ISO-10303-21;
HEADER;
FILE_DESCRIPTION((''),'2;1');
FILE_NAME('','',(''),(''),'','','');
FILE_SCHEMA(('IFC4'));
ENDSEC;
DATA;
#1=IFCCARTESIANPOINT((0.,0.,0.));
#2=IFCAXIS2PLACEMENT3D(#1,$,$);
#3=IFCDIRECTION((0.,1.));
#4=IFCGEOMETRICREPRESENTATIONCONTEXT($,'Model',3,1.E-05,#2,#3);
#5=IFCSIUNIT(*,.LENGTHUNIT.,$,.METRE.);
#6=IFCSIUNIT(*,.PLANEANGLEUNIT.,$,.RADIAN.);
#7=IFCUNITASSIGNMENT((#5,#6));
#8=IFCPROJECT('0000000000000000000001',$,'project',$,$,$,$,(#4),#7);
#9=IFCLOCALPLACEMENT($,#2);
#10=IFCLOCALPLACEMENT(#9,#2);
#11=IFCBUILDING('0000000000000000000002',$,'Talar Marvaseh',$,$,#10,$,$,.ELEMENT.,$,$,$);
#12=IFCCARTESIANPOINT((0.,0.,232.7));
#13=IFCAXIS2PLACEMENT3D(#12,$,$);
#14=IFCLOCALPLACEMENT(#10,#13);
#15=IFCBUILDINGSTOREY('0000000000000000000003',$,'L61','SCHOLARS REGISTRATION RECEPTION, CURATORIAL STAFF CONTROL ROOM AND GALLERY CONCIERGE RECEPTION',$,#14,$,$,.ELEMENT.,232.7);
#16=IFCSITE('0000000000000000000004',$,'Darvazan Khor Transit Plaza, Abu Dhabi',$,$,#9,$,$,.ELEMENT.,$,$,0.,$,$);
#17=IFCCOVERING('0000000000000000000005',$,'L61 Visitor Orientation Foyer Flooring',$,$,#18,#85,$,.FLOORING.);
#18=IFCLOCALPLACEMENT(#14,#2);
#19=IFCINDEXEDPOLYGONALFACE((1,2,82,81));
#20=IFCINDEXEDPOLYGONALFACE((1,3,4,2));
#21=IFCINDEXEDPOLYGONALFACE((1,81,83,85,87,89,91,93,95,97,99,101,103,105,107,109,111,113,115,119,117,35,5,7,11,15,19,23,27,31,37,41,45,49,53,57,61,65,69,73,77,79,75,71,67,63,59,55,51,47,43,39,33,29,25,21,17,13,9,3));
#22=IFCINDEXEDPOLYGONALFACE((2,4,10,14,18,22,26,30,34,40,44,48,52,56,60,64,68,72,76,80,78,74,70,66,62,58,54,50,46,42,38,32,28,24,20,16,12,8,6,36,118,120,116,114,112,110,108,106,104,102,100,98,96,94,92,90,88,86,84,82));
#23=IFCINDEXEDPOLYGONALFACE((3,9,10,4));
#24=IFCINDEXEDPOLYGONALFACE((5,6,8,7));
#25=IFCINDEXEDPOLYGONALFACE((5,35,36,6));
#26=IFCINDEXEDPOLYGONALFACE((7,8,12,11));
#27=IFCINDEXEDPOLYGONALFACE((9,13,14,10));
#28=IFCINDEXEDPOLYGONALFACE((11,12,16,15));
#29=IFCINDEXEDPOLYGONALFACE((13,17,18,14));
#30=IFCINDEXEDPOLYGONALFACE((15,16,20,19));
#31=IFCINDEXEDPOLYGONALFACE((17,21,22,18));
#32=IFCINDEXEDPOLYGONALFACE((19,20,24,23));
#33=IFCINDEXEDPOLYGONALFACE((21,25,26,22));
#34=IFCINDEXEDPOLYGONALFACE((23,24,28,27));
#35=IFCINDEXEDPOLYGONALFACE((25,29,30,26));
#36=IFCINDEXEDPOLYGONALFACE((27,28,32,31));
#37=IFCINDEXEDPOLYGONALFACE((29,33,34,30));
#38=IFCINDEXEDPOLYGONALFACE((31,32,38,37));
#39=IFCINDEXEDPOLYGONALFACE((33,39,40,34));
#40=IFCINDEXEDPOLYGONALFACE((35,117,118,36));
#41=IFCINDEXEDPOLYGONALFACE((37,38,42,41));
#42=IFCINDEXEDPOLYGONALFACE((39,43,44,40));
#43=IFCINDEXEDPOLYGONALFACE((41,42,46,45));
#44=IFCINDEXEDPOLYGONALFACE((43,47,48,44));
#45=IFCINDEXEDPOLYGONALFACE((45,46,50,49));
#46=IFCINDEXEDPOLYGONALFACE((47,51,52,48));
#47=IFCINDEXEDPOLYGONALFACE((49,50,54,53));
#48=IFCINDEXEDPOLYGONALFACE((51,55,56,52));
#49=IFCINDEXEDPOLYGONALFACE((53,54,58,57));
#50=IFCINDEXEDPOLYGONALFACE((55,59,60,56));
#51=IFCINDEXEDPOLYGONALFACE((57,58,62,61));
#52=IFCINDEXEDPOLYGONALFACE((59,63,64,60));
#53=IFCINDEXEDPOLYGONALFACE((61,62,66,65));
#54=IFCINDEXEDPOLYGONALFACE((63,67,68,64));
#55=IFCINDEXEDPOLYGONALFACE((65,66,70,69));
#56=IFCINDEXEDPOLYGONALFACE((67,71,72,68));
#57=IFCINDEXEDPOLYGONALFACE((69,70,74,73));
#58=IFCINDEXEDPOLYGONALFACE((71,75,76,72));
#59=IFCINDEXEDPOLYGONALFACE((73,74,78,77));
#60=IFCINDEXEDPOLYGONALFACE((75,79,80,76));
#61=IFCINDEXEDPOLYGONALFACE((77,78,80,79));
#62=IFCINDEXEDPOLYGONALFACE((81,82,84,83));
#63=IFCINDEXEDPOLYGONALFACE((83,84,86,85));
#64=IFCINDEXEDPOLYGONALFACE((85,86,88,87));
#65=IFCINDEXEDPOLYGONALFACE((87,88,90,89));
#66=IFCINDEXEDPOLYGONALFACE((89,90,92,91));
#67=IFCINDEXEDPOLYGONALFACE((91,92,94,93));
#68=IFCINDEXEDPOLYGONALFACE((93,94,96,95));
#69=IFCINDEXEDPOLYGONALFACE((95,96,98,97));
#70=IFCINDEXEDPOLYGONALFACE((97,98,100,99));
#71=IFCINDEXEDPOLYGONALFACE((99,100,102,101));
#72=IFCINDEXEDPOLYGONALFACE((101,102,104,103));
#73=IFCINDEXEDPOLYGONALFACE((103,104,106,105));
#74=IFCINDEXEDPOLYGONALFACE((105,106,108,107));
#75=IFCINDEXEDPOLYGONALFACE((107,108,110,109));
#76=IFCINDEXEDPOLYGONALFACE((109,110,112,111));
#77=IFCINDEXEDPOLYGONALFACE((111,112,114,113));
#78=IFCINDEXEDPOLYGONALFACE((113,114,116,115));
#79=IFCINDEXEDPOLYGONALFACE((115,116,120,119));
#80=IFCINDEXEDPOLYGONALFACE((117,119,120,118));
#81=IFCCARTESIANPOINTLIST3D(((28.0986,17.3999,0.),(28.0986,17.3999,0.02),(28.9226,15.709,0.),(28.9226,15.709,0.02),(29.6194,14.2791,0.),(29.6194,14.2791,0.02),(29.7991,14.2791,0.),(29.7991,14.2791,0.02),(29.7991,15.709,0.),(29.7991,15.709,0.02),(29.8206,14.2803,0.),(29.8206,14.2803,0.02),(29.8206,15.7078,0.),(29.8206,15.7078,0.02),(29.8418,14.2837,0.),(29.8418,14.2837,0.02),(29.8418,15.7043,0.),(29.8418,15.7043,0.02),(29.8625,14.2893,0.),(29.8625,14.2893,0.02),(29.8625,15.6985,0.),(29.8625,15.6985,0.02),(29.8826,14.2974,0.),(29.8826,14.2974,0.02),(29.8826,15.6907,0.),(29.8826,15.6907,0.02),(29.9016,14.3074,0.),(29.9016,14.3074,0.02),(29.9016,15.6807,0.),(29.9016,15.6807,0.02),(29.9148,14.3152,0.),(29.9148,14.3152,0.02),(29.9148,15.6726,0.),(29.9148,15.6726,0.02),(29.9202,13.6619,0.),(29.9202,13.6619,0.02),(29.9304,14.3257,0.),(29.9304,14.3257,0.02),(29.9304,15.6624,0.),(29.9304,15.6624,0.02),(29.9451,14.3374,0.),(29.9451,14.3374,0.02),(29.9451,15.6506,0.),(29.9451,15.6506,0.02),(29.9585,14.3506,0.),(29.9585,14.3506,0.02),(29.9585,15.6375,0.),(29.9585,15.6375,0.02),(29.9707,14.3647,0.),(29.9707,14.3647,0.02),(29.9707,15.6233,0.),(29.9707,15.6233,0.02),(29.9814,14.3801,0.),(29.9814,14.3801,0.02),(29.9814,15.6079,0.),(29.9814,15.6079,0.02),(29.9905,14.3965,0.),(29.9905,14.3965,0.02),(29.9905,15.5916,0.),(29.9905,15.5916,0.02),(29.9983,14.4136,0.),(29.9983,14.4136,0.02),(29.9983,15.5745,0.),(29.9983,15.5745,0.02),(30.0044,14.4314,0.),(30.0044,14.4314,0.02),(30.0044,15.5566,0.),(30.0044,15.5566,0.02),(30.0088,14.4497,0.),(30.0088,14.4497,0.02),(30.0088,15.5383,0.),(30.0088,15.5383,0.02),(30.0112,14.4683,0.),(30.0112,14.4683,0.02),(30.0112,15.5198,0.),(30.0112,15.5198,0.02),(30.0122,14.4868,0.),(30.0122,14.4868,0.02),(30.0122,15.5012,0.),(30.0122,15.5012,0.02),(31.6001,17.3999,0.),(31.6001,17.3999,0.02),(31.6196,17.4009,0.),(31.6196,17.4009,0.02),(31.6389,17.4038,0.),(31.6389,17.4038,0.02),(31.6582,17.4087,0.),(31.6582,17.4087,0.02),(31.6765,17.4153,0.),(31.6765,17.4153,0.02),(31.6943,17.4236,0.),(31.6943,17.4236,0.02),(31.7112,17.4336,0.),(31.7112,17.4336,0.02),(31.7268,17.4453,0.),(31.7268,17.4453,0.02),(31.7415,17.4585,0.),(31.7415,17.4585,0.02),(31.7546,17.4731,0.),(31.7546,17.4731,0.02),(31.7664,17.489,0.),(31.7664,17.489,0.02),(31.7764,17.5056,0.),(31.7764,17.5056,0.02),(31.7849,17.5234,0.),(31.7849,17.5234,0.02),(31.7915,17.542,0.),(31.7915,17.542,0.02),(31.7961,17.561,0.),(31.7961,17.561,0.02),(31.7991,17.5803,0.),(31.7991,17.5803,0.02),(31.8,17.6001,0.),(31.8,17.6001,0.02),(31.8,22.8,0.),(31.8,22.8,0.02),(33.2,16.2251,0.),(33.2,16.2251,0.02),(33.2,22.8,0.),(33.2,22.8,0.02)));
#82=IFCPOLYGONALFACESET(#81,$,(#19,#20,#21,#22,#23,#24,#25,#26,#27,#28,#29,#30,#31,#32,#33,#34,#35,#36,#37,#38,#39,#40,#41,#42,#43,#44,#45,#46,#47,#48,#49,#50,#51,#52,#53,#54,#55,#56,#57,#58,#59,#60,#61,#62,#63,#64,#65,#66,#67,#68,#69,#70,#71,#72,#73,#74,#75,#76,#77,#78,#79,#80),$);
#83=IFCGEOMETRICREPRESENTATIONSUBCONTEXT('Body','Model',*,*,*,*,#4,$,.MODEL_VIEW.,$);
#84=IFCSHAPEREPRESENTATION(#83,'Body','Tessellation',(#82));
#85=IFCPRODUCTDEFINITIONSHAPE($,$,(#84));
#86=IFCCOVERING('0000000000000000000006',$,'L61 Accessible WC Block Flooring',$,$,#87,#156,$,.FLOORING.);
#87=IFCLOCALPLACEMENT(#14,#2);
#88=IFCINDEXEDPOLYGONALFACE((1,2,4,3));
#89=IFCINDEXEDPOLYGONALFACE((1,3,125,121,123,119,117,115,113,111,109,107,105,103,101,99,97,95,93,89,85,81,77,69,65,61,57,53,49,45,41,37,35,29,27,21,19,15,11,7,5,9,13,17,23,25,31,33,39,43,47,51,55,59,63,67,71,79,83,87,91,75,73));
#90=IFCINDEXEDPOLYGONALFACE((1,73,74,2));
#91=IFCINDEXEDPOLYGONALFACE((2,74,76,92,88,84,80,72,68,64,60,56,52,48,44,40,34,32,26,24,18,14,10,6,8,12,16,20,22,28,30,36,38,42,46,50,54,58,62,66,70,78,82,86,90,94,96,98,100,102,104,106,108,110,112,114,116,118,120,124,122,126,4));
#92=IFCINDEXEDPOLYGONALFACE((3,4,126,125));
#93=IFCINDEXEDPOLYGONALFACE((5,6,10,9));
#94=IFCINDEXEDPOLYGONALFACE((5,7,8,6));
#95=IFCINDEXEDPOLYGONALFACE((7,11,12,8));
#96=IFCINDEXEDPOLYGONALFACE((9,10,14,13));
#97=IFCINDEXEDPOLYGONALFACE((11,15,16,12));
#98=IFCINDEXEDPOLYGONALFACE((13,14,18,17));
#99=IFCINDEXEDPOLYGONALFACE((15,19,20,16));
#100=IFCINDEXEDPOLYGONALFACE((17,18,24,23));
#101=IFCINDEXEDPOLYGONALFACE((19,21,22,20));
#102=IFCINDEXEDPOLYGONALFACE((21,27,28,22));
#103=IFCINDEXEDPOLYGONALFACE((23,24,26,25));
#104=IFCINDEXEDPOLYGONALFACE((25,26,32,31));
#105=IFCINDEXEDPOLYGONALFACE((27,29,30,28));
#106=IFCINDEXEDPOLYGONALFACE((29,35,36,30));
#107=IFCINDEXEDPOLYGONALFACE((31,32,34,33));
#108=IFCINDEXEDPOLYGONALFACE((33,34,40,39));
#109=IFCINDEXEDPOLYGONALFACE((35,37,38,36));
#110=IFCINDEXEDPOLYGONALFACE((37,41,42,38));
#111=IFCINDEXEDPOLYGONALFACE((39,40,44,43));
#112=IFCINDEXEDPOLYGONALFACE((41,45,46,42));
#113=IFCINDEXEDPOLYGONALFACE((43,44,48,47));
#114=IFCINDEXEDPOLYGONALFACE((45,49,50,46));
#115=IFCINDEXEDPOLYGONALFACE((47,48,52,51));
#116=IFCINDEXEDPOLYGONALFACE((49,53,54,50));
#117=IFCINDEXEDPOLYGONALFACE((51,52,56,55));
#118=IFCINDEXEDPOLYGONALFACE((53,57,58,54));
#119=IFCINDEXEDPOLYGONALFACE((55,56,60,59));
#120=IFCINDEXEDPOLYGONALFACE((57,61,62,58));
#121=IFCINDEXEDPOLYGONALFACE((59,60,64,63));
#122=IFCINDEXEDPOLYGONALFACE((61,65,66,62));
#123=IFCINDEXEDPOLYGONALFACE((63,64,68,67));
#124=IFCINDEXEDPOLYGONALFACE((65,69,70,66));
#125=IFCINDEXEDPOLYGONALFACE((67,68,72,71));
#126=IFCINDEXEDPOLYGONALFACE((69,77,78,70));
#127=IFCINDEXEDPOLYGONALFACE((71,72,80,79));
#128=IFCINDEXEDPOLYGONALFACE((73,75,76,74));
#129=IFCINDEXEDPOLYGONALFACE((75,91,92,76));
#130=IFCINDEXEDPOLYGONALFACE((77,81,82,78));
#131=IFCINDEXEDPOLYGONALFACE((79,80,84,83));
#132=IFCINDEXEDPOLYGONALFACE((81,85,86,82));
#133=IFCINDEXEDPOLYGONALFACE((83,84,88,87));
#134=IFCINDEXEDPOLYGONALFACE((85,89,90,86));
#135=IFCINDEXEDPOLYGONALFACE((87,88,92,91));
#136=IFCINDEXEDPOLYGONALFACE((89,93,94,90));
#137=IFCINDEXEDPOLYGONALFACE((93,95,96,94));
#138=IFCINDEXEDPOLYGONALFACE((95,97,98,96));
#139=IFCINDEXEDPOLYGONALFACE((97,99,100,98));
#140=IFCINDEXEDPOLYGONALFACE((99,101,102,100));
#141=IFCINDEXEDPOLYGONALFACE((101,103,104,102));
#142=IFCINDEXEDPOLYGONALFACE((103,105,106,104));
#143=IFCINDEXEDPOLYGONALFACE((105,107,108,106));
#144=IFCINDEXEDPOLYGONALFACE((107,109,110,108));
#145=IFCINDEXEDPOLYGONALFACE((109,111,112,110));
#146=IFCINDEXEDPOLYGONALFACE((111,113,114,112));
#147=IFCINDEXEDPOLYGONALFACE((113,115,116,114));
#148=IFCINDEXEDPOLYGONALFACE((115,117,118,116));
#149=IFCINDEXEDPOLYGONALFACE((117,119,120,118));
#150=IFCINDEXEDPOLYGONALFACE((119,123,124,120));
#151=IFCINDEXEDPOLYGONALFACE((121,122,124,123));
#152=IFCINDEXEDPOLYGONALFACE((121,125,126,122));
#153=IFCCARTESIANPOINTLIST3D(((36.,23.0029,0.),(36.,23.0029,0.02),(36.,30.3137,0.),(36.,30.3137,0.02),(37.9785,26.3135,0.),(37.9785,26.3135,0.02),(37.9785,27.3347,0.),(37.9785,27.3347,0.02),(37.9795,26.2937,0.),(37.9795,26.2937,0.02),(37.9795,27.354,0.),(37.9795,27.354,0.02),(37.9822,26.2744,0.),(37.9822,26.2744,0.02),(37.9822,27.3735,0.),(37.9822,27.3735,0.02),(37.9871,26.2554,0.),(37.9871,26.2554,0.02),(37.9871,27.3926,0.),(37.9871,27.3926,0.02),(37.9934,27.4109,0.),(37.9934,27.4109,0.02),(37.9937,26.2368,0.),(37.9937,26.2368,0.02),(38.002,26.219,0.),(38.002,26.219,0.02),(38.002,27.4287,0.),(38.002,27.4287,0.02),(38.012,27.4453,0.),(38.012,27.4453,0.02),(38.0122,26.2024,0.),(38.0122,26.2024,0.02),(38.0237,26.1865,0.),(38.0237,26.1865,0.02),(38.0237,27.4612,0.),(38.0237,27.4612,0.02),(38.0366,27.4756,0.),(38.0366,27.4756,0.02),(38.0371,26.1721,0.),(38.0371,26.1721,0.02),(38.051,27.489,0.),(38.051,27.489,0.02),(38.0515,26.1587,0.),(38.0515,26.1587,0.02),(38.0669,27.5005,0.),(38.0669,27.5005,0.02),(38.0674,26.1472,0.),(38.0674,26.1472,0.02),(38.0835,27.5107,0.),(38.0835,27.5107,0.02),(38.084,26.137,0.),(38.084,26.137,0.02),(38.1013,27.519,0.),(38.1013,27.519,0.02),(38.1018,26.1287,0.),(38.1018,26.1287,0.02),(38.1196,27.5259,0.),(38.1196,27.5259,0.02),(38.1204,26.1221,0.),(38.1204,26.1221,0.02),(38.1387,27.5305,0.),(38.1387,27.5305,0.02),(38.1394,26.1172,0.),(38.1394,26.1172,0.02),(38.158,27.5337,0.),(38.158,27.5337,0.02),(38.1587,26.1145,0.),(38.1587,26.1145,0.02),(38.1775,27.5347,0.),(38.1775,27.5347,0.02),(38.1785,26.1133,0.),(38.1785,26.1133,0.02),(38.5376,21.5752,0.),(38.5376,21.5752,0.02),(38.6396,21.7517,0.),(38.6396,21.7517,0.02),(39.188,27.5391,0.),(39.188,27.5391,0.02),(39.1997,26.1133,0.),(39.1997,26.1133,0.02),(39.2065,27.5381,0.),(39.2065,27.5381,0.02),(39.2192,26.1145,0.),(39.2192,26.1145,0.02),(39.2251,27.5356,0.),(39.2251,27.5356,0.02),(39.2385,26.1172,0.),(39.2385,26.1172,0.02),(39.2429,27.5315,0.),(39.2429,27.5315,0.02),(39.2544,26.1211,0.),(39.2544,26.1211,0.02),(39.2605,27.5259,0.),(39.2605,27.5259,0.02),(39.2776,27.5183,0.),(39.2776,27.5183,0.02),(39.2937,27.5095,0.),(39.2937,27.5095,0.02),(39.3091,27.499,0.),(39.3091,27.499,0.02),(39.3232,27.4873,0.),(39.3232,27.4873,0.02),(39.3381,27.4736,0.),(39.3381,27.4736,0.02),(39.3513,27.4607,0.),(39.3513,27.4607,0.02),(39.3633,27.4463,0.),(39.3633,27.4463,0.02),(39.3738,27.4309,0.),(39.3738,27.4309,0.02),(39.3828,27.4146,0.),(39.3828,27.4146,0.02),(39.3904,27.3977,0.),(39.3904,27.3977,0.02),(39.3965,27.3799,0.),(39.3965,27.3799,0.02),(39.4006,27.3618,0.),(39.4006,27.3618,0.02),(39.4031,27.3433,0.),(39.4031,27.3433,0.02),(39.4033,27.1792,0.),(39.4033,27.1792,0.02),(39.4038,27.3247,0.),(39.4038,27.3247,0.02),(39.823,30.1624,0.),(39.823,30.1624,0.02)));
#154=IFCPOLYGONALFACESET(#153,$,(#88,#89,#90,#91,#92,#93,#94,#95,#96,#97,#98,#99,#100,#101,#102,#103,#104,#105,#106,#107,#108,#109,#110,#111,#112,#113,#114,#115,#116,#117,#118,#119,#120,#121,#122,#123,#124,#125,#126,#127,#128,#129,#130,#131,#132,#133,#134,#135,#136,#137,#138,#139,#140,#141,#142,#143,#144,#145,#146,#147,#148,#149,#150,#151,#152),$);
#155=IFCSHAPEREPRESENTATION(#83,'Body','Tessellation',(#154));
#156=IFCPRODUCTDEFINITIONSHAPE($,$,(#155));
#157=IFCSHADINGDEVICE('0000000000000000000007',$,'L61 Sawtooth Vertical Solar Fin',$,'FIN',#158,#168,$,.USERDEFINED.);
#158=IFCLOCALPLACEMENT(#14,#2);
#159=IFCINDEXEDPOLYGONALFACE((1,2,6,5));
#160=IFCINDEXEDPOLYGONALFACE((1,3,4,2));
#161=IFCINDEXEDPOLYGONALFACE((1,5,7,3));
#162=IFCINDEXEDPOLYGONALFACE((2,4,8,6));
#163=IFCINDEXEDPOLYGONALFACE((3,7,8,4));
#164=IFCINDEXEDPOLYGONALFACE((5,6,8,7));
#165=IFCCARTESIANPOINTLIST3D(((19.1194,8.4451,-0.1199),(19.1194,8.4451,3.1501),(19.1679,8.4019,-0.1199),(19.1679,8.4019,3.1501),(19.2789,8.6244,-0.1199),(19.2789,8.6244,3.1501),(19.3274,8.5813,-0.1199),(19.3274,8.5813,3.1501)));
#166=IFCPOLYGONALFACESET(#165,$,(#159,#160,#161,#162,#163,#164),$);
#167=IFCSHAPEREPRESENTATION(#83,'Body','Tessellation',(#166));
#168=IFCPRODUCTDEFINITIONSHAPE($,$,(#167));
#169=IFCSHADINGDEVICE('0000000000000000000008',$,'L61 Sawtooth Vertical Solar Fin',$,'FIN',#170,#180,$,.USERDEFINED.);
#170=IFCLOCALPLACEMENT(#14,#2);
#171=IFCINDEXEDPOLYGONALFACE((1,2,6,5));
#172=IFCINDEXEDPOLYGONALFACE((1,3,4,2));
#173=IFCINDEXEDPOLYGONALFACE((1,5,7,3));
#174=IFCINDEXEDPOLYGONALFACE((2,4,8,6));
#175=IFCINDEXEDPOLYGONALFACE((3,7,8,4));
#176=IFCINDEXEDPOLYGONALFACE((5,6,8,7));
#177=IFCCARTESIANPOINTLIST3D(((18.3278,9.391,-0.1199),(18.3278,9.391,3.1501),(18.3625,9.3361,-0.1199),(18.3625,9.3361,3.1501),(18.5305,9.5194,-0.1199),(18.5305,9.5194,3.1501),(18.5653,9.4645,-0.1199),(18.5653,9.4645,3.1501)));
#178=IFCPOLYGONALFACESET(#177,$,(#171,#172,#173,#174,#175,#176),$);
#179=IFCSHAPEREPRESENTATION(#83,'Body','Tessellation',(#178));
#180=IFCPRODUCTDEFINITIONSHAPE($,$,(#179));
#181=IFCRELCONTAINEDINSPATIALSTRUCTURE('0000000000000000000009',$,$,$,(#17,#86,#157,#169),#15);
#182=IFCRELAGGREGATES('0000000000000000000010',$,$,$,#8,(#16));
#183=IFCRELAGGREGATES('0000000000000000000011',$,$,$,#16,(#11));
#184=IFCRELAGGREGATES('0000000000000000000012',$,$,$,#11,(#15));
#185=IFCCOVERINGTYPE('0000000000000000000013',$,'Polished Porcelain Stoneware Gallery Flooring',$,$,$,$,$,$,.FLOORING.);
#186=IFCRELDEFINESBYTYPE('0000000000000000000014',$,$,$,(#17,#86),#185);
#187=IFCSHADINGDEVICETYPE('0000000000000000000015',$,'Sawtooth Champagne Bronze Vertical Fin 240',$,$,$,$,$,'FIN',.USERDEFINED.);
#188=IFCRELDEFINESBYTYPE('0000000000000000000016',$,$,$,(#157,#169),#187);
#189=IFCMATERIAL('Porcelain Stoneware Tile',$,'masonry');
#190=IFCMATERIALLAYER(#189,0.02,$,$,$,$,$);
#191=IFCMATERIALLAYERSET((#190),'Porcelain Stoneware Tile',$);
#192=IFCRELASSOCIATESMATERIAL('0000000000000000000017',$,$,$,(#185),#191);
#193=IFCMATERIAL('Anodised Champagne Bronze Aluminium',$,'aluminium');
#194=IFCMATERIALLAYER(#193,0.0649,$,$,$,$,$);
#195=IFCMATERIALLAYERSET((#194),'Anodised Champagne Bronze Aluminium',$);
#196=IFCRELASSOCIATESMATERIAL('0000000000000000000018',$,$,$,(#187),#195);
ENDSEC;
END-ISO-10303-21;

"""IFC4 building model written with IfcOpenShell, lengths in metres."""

from ifc_helpers import new_model, si_unit, direction, frame, origin, origin_2d, place, context, subcontext, project, spatial, polyline, rectangle, outline, extrude, source, transform, mapped, material, layer, layer_set, type_object, type_shapes, element, save


model = new_model("IFC4")

# Units and contexts
model_context = context("Model", 3, precision=1e-05, world=origin(), true_north=direction((0.0, 1.0)))
body_context = subcontext(model_context, "Body", "Model", "MODEL_VIEW")
ifc_project = project(units=[si_unit("LENGTHUNIT", "METRE"), si_unit("PLANEANGLEUNIT", "RADIAN")], contexts=[model_context])

# Site, building, storey
site_placement = place(None, origin())
site = spatial("IfcSite", under=ifc_project, at=site_placement, Name="Darvazan Khor Transit Plaza, Abu Dhabi", CompositionType="ELEMENT", RefElevation=0.0)
building_placement = place(site_placement, origin())
building = spatial("IfcBuilding", under=site, at=building_placement, Name="Talar Marvaseh", CompositionType="ELEMENT")
storey_placement = place(building_placement, frame((0.0, 0.0, 232.7)))
storey = spatial("IfcBuildingStorey", under=building, at=storey_placement, Name="L61", Description="SCHOLARS REGISTRATION RECEPTION, CURATORIAL STAFF CONTROL ROOM AND GALLERY CONCIERGE RECEPTION", CompositionType="ELEMENT", Elevation=232.7)

# Coverings
ifc_material_1 = material(Name="Porcelain Stoneware Tile", Category="masonry")
ifc_layer_1 = layer(ifc_material_1, 0.02)
ifc_layer_set_1 = layer_set([ifc_layer_1], Name="Porcelain Stoneware Tile")
covering_type_1 = type_object("IfcCoveringType", Name="Polished Porcelain Stoneware Gallery Flooring", PredefinedType="FLOORING", material=ifc_layer_set_1)
covering_1_placement = place(storey_placement, origin())
element("IfcCovering", 1, at=covering_1_placement, inside=storey, type_object=covering_type_1, Name="L61 Visitor Orientation Foyer Flooring", PredefinedType="FLOORING", context=body_context, shape_type="SweptSolid", body=[
    extrude(outline(polyline([(29.7991, 14.2791), (29.8206, 14.2803), (29.8418, 14.2837), (29.8625, 14.2893), (29.8826, 14.2974), (29.9016, 14.3074), (29.9148, 14.3152), (29.9304, 14.3257), (29.9451, 14.3374), (29.9585, 14.3506), (29.9707, 14.3647), (29.9814, 14.3801), (29.9905, 14.3965), (29.9983, 14.4136), (30.0044, 14.4314), (30.0088, 14.4497), (30.0112, 14.4683), (30.0122, 14.4868), (30.0122, 15.5012), (30.0112, 15.5198), (30.0088, 15.5383), (30.0044, 15.5566), (29.9983, 15.5745), (29.9905, 15.5916), (29.9814, 15.6079), (29.9707, 15.6233), (29.9585, 15.6375), (29.9451, 15.6506), (29.9304, 15.6624), (29.9148, 15.6726), (29.9016, 15.6807), (29.8826, 15.6907), (29.8625, 15.6985), (29.8418, 15.7043), (29.8206, 15.7078), (29.7991, 15.709), (28.9226, 15.709), (28.0986, 17.3999), (31.6001, 17.3999), (31.6196, 17.4009), (31.6389, 17.4038), (31.6582, 17.4087), (31.6765, 17.4153), (31.6943, 17.4236), (31.7112, 17.4336), (31.7268, 17.4453), (31.7415, 17.4585), (31.7546, 17.4731), (31.7664, 17.489), (31.7764, 17.5056), (31.7849, 17.5234), (31.7915, 17.542), (31.7961, 17.561), (31.7991, 17.5803), (31.8, 17.6001), (31.8, 22.8), (33.2, 22.8), (33.2, 16.2251), (29.9202, 13.6619), (29.6194, 14.2791), (29.7991, 14.2791)])), origin(), (0.0, 0.0, 1.0), 0.02),
])
covering_2_placement = place(storey_placement, origin())
element("IfcCovering", 2, at=covering_2_placement, inside=storey, type_object=covering_type_1, Name="L61 Accessible WC Block Flooring", PredefinedType="FLOORING", context=body_context, shape_type="SweptSolid", body=[
    extrude(outline(polyline([(39.823, 30.1624), (39.4033, 27.1792), (39.4038, 27.3247), (39.4031, 27.3433), (39.4006, 27.3618), (39.3965, 27.3799), (39.3904, 27.3977), (39.3828, 27.4146), (39.3738, 27.4309), (39.3633, 27.4463), (39.3513, 27.4607), (39.3381, 27.4736), (39.3232, 27.4873), (39.3091, 27.499), (39.2937, 27.5095), (39.2776, 27.5183), (39.2605, 27.5259), (39.2429, 27.5315), (39.2251, 27.5356), (39.2065, 27.5381), (39.188, 27.5391), (38.1775, 27.5347), (38.158, 27.5337), (38.1387, 27.5305), (38.1196, 27.5259), (38.1013, 27.519), (38.0835, 27.5107), (38.0669, 27.5005), (38.051, 27.489), (38.0366, 27.4756), (38.0237, 27.4612), (38.012, 27.4453), (38.002, 27.4287), (37.9934, 27.4109), (37.9871, 27.3926), (37.9822, 27.3735), (37.9795, 27.354), (37.9785, 27.3347), (37.9785, 26.3135), (37.9795, 26.2937), (37.9822, 26.2744), (37.9871, 26.2554), (37.9937, 26.2368), (38.002, 26.219), (38.0122, 26.2024), (38.0237, 26.1865), (38.0371, 26.1721), (38.0515, 26.1587), (38.0674, 26.1472), (38.084, 26.137), (38.1018, 26.1287), (38.1204, 26.1221), (38.1394, 26.1172), (38.1587, 26.1145), (38.1785, 26.1133), (39.1997, 26.1133), (39.2192, 26.1145), (39.2385, 26.1172), (39.2544, 26.1211), (38.6396, 21.7517), (38.5376, 21.5752), (36.0, 23.0029), (36.0, 30.3137), (39.823, 30.1624)])), origin(), (0.0, 0.0, 1.0), 0.02),
])

# Shading devices
ifc_material_2 = material(Name="Anodised Champagne Bronze Aluminium", Category="aluminium")
ifc_layer_2 = layer(ifc_material_2, 0.0649)
ifc_layer_set_2 = layer_set([ifc_layer_2], Name="Anodised Champagne Bronze Aluminium")
shading_device_type_1 = type_object("IfcShadingDeviceType", Name="Sawtooth Champagne Bronze Vertical Fin 240", ElementType="FIN", PredefinedType="USERDEFINED", material=ifc_layer_set_2)
shared_shape_1 = source(origin(), body_context, "Body", "SweptSolid", [
    extrude(rectangle(XDim=0.24, YDim=0.0649, at=origin_2d()), origin(), (0.0, 0.0, 1.0), 3.27),
])
type_shapes(shading_device_type_1, [shared_shape_1])
for number, where, z_axis, x_axis, name in (
    (3, (19.2234, 8.5132, -0.1199), (0.0, 0.0, 1.0), (-0.664579, -0.747218, 0.0), "L61 Sawtooth Vertical Solar Fin"),
    (4, (18.4465, 9.4277, -0.1199), (0.0, 0.0, 1.0), (-0.844795, -0.53509, 0.0), "L61 Sawtooth Vertical Solar Fin"),
):
    element("IfcShadingDevice", number, at=place(storey_placement, frame(where, z_axis=z_axis, x_axis=x_axis)), inside=storey, type_object=shading_device_type_1, Name=name, ObjectType="FIN", PredefinedType="USERDEFINED", context=body_context, shape_type="MappedRepresentation", body=[
        mapped(shared_shape_1, transform((0.0, 0.0, 0.0), x_axis=(1.0, 0.0, 0.0), y_axis=(0.0, 1.0, 0.0), z_axis=(0.0, 0.0, 1.0), scale=1.0)),
    ])

save(model, "model.ifc")
